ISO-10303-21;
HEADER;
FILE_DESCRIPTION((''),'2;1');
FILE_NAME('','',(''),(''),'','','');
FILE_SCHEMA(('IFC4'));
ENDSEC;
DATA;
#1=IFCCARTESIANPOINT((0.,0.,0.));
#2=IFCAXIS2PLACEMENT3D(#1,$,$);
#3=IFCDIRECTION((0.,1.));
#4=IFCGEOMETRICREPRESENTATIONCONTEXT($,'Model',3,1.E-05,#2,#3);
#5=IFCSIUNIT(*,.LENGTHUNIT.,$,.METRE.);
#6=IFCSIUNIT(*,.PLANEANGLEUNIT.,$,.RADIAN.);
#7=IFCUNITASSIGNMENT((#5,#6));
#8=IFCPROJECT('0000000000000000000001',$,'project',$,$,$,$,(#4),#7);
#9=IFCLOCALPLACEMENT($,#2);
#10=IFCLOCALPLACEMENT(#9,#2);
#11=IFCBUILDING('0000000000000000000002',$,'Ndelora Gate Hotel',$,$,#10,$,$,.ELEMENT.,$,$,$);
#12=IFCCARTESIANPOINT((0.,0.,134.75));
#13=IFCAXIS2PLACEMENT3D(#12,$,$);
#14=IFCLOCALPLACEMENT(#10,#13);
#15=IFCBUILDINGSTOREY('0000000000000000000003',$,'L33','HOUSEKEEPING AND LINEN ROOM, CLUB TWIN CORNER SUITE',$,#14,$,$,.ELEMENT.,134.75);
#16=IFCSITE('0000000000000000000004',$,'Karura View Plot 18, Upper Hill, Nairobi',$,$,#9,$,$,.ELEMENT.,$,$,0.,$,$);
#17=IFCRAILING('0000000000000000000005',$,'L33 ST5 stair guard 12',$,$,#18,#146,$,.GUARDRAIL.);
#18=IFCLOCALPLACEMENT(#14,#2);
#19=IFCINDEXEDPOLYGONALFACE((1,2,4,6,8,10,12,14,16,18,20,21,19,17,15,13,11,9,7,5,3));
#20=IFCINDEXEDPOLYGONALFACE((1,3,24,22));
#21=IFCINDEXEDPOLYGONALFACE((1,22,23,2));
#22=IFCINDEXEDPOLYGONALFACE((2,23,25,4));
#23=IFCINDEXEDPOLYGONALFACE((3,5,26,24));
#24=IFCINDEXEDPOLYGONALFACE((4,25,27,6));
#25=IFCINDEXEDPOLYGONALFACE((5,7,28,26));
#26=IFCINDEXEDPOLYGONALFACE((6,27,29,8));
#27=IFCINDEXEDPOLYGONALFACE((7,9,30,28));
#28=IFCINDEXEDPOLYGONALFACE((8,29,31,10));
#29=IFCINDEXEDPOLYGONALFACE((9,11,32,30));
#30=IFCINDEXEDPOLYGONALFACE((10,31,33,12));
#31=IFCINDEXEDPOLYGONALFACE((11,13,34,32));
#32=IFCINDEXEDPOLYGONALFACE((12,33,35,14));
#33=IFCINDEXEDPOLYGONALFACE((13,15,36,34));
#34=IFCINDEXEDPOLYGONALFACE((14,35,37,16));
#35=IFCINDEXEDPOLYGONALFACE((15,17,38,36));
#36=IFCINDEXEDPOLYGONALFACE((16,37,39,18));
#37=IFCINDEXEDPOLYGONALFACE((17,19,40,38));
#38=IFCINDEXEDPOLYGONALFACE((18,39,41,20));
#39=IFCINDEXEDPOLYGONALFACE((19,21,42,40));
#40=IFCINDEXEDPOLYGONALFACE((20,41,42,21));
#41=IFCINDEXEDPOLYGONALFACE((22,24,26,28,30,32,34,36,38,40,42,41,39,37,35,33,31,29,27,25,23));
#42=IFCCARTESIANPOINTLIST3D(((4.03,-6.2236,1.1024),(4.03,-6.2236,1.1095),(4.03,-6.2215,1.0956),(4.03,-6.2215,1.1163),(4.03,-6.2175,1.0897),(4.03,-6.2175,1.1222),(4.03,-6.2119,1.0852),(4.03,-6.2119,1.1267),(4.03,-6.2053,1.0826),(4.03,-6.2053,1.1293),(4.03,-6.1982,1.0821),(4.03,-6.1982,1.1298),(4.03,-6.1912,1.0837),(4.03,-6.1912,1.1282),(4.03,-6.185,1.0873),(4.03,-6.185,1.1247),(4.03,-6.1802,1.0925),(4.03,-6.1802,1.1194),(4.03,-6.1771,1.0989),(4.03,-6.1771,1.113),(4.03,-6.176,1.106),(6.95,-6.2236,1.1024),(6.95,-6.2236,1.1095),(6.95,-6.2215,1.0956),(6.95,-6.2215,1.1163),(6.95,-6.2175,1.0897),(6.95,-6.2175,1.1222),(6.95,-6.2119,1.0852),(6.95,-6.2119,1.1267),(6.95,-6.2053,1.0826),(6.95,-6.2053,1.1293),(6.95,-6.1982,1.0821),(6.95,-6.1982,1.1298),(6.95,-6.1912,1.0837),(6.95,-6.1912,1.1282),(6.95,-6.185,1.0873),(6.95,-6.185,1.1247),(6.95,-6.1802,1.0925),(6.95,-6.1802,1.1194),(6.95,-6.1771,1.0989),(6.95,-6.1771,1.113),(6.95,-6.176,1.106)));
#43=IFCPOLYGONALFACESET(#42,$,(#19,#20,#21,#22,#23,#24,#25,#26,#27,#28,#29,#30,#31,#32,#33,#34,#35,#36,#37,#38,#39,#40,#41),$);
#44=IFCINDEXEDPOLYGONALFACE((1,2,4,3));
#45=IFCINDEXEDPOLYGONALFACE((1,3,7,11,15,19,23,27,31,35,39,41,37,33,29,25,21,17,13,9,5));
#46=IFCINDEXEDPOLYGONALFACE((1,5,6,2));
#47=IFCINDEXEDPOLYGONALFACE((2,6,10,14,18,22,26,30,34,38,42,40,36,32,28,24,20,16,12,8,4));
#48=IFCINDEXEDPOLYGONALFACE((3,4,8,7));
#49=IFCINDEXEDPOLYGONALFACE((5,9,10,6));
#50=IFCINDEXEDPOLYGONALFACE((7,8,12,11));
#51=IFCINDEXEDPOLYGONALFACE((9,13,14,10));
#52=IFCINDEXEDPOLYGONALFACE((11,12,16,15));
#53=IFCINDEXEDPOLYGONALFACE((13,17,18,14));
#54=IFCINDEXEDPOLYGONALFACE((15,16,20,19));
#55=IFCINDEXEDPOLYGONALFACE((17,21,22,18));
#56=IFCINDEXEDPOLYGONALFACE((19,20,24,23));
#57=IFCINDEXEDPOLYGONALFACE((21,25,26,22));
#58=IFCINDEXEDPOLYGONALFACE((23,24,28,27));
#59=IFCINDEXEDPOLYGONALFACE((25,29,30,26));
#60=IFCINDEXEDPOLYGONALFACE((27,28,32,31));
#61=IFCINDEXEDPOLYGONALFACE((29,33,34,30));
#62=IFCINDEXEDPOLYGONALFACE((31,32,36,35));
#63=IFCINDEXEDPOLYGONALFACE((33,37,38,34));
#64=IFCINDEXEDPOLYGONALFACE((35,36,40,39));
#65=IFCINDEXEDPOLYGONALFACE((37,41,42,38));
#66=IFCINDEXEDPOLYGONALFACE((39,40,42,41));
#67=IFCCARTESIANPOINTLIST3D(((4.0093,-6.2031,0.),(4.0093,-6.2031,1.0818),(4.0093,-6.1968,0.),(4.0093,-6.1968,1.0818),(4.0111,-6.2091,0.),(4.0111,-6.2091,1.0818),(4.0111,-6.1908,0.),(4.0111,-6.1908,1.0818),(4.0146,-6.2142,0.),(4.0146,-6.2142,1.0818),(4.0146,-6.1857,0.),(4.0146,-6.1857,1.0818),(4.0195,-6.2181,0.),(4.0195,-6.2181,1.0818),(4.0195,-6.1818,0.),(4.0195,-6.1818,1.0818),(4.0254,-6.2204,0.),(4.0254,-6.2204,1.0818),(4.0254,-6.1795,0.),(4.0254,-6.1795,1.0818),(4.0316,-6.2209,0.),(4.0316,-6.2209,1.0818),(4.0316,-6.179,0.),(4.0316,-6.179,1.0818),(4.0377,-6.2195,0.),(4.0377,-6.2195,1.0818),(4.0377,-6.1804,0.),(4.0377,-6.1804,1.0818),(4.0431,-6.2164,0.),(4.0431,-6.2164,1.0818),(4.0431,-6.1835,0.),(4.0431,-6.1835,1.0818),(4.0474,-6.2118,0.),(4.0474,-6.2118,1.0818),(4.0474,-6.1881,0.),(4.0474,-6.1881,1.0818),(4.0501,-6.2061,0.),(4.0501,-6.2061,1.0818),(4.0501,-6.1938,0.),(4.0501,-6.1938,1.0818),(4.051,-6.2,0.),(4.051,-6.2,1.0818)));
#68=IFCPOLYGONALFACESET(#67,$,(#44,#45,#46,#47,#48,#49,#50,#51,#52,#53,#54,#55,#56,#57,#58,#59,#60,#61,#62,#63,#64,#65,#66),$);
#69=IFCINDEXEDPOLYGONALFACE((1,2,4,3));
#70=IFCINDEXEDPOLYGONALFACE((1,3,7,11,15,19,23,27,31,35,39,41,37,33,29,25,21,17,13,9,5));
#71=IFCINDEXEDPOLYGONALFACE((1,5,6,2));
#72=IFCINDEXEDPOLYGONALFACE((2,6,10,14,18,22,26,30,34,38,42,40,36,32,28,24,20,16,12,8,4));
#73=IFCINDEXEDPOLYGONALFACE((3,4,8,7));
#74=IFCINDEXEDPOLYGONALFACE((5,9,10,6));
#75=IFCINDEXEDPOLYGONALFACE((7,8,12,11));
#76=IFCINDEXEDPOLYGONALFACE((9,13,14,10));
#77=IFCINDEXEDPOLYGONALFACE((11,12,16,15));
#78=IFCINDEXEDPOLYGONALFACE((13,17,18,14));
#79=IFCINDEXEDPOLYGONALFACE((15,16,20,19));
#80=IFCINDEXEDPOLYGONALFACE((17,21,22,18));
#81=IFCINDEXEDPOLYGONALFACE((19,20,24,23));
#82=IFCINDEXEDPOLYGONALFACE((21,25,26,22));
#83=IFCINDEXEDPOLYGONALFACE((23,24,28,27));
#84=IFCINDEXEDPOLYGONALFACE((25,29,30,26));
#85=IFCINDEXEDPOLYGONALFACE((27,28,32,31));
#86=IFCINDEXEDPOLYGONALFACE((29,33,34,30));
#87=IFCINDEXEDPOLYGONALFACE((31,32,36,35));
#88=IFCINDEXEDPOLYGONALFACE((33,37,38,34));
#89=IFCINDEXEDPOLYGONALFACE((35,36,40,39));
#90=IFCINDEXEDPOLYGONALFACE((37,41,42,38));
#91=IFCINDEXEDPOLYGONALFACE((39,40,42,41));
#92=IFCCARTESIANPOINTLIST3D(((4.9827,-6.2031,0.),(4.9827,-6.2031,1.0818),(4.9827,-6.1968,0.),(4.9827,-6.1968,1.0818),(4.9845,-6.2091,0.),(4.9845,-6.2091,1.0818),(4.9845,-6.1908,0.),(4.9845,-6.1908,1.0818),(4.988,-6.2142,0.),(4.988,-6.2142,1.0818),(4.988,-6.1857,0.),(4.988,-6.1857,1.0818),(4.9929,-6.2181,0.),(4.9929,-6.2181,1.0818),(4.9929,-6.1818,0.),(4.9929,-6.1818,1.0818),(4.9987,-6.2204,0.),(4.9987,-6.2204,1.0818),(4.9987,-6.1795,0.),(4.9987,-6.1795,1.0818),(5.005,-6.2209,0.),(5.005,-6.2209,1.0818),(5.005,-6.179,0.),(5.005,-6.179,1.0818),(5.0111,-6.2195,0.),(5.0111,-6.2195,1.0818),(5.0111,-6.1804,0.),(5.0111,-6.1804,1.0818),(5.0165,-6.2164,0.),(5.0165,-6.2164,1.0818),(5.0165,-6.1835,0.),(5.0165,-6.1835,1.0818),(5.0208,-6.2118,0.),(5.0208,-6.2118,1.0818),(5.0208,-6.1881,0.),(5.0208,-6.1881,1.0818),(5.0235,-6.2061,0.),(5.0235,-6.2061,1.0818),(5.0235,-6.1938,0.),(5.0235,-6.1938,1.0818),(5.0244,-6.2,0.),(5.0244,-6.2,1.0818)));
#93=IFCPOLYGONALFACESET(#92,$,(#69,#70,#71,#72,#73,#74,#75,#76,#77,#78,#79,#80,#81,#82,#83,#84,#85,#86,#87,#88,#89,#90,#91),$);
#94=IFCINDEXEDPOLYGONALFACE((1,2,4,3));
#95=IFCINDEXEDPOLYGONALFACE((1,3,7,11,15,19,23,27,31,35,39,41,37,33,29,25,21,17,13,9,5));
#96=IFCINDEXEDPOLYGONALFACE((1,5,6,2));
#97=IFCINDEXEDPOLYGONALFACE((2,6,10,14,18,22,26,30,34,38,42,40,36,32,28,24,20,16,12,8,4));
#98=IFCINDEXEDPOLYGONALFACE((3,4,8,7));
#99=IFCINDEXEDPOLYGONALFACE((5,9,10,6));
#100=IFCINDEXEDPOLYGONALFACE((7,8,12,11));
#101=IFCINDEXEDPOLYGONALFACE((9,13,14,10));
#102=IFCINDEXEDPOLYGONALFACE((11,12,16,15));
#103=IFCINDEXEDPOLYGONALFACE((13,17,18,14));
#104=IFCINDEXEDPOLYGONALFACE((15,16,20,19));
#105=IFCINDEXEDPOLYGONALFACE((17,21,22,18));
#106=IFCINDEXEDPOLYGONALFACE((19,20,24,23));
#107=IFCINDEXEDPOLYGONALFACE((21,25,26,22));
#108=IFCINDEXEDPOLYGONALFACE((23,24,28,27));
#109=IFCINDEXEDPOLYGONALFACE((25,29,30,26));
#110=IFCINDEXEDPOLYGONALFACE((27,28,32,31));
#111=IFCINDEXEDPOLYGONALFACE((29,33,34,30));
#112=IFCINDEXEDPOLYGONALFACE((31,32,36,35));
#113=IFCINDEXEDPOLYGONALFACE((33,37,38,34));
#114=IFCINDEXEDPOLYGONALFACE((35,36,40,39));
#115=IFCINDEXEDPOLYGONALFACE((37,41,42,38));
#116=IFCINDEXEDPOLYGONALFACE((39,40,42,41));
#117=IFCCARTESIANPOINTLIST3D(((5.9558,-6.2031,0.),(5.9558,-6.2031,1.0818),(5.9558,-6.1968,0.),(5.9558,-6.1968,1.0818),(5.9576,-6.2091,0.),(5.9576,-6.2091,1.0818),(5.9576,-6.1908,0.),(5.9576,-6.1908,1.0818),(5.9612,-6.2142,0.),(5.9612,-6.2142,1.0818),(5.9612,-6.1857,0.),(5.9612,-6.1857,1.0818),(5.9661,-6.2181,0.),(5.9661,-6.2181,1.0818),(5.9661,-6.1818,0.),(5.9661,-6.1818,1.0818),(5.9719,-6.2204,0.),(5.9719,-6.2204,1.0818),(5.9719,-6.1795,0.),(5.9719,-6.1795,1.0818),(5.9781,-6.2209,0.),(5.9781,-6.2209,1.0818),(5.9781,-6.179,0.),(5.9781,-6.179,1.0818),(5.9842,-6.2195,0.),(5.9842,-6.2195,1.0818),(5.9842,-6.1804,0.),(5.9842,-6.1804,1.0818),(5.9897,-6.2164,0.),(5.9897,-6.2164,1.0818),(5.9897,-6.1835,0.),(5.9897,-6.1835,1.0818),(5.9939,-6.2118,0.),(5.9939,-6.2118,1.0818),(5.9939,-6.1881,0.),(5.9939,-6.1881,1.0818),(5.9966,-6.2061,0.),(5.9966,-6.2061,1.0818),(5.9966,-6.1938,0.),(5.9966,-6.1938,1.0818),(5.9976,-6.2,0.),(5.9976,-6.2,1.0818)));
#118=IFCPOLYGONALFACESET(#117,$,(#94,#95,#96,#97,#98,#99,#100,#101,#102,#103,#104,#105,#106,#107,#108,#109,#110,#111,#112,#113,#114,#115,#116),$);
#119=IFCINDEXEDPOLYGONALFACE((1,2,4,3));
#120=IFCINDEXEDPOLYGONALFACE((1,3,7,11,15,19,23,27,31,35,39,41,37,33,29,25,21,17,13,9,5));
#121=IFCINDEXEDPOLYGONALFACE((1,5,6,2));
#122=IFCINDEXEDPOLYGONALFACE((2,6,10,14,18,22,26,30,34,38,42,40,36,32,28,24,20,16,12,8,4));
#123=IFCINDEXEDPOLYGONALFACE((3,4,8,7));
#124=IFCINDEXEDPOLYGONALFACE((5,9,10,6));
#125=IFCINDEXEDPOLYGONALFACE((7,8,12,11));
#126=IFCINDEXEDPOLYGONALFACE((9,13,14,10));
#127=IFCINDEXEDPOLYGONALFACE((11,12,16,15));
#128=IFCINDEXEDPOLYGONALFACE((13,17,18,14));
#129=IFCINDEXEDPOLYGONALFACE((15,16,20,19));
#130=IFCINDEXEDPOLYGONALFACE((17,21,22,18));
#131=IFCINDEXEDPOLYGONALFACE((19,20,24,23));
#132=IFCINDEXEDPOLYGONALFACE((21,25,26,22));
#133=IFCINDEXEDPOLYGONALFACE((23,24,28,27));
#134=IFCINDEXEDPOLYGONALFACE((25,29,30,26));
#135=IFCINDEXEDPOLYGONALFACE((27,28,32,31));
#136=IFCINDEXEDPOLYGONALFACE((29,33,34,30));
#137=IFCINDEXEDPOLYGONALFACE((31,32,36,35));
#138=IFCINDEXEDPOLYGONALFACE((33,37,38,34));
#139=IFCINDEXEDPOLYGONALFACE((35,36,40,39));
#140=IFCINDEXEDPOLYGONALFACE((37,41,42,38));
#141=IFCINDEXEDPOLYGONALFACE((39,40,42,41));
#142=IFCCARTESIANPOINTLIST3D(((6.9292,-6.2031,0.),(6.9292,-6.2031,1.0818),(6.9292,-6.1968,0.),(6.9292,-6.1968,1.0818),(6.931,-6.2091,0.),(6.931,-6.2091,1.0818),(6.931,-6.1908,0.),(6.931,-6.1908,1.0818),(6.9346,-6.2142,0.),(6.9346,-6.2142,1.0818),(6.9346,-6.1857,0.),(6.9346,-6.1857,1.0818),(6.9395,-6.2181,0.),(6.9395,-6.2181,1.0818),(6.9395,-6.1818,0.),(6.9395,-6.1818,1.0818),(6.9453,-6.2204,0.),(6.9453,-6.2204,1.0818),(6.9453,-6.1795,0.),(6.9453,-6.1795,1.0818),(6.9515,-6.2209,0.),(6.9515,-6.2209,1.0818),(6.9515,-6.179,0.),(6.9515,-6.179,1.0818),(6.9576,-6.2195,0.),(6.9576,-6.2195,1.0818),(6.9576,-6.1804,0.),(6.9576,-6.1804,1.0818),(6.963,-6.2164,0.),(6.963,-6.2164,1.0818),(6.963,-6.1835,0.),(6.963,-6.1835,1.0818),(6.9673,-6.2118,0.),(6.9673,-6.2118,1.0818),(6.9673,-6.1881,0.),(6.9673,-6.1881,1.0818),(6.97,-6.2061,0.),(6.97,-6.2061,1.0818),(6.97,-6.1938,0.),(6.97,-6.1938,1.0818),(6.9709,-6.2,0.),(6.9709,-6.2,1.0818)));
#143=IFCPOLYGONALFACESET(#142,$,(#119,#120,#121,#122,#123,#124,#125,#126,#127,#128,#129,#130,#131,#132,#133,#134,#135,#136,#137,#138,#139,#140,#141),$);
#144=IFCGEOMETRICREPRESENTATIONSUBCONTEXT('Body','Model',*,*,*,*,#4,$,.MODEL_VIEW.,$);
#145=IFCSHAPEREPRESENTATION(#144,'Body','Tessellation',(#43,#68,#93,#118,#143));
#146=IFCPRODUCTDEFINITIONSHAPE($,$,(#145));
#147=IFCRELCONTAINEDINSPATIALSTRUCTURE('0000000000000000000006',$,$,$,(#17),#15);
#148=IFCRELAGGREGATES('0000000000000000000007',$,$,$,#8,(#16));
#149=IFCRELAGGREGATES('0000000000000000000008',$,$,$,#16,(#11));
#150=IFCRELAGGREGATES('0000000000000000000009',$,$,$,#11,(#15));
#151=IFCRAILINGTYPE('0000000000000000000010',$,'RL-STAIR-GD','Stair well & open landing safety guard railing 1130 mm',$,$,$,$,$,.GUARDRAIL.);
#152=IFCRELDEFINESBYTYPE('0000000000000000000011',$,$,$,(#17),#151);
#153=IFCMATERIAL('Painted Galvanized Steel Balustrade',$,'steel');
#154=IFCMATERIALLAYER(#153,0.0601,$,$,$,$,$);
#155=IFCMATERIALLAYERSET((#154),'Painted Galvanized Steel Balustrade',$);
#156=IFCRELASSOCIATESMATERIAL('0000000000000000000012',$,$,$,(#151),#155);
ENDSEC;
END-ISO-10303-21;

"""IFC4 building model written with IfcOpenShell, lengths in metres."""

from ifc_helpers import new_model, si_unit, direction, frame, origin, origin_2d, place, context, subcontext, project, spatial, circle, extrude, material, layer, layer_set, type_object, element, save


model = new_model("IFC4")

# Units and contexts
model_context = context("Model", 3, precision=1e-05, world=origin(), true_north=direction((0.0, 1.0)))
body_context = subcontext(model_context, "Body", "Model", "MODEL_VIEW")
ifc_project = project(units=[si_unit("LENGTHUNIT", "METRE"), si_unit("PLANEANGLEUNIT", "RADIAN")], contexts=[model_context])

# Site, building, storey
site_placement = place(None, origin())
site = spatial("IfcSite", under=ifc_project, at=site_placement, Name="Karura View Plot 18, Upper Hill, Nairobi", CompositionType="ELEMENT", RefElevation=0.0)
building_placement = place(site_placement, origin())
building = spatial("IfcBuilding", under=site, at=building_placement, Name="Ndelora Gate Hotel", CompositionType="ELEMENT")
storey_placement = place(building_placement, frame((0.0, 0.0, 134.75)))
storey = spatial("IfcBuildingStorey", under=building, at=storey_placement, Name="L33", Description="HOUSEKEEPING AND LINEN ROOM, CLUB TWIN CORNER SUITE", CompositionType="ELEMENT", Elevation=134.75)

# Railing
ifc_material_1 = material(Name="Painted Galvanized Steel Balustrade", Category="steel")
ifc_layer_1 = layer(ifc_material_1, 0.0601)
ifc_layer_set_1 = layer_set([ifc_layer_1], Name="Painted Galvanized Steel Balustrade")
railing_type_1 = type_object("IfcRailingType", Name="RL-STAIR-GD", Description="Stair well & open landing safety guard railing 1130 mm", PredefinedType="GUARDRAIL", material=ifc_layer_set_1)
railing_1_placement = place(storey_placement, frame((4.03, -6.2, 0.0)))
element("IfcRailing", 1, at=railing_1_placement, inside=storey, type_object=railing_type_1, Name="L33 ST5 stair guard 12", PredefinedType="GUARDRAIL", context=body_context, shape_type="SweptSolid", body=[
    extrude(circle(Radius=0.0239, at=origin_2d()), frame((0.0, 0.0, 1.106), z_axis=(1.0, 0.0, 0.0), x_axis=(0.0, 1.0, 0.0)), (0.0, 0.0, 1.0), 2.9199),
    extrude(circle(Radius=0.021, at=origin_2d()), origin(), (0.0, 0.0, 1.0), 1.0818),
    extrude(circle(Radius=0.021, at=origin_2d()), frame((0.9734, 0.0, 0.0)), (0.0, 0.0, 1.0), 1.0818),
    extrude(circle(Radius=0.021, at=origin_2d()), frame((1.9465, 0.0, 0.0)), (0.0, 0.0, 1.0), 1.0818),
    extrude(circle(Radius=0.021, at=origin_2d()), frame((2.9199, 0.0, 0.0)), (0.0, 0.0, 1.0), 1.0818),
])

save(model, "model.ifc")
